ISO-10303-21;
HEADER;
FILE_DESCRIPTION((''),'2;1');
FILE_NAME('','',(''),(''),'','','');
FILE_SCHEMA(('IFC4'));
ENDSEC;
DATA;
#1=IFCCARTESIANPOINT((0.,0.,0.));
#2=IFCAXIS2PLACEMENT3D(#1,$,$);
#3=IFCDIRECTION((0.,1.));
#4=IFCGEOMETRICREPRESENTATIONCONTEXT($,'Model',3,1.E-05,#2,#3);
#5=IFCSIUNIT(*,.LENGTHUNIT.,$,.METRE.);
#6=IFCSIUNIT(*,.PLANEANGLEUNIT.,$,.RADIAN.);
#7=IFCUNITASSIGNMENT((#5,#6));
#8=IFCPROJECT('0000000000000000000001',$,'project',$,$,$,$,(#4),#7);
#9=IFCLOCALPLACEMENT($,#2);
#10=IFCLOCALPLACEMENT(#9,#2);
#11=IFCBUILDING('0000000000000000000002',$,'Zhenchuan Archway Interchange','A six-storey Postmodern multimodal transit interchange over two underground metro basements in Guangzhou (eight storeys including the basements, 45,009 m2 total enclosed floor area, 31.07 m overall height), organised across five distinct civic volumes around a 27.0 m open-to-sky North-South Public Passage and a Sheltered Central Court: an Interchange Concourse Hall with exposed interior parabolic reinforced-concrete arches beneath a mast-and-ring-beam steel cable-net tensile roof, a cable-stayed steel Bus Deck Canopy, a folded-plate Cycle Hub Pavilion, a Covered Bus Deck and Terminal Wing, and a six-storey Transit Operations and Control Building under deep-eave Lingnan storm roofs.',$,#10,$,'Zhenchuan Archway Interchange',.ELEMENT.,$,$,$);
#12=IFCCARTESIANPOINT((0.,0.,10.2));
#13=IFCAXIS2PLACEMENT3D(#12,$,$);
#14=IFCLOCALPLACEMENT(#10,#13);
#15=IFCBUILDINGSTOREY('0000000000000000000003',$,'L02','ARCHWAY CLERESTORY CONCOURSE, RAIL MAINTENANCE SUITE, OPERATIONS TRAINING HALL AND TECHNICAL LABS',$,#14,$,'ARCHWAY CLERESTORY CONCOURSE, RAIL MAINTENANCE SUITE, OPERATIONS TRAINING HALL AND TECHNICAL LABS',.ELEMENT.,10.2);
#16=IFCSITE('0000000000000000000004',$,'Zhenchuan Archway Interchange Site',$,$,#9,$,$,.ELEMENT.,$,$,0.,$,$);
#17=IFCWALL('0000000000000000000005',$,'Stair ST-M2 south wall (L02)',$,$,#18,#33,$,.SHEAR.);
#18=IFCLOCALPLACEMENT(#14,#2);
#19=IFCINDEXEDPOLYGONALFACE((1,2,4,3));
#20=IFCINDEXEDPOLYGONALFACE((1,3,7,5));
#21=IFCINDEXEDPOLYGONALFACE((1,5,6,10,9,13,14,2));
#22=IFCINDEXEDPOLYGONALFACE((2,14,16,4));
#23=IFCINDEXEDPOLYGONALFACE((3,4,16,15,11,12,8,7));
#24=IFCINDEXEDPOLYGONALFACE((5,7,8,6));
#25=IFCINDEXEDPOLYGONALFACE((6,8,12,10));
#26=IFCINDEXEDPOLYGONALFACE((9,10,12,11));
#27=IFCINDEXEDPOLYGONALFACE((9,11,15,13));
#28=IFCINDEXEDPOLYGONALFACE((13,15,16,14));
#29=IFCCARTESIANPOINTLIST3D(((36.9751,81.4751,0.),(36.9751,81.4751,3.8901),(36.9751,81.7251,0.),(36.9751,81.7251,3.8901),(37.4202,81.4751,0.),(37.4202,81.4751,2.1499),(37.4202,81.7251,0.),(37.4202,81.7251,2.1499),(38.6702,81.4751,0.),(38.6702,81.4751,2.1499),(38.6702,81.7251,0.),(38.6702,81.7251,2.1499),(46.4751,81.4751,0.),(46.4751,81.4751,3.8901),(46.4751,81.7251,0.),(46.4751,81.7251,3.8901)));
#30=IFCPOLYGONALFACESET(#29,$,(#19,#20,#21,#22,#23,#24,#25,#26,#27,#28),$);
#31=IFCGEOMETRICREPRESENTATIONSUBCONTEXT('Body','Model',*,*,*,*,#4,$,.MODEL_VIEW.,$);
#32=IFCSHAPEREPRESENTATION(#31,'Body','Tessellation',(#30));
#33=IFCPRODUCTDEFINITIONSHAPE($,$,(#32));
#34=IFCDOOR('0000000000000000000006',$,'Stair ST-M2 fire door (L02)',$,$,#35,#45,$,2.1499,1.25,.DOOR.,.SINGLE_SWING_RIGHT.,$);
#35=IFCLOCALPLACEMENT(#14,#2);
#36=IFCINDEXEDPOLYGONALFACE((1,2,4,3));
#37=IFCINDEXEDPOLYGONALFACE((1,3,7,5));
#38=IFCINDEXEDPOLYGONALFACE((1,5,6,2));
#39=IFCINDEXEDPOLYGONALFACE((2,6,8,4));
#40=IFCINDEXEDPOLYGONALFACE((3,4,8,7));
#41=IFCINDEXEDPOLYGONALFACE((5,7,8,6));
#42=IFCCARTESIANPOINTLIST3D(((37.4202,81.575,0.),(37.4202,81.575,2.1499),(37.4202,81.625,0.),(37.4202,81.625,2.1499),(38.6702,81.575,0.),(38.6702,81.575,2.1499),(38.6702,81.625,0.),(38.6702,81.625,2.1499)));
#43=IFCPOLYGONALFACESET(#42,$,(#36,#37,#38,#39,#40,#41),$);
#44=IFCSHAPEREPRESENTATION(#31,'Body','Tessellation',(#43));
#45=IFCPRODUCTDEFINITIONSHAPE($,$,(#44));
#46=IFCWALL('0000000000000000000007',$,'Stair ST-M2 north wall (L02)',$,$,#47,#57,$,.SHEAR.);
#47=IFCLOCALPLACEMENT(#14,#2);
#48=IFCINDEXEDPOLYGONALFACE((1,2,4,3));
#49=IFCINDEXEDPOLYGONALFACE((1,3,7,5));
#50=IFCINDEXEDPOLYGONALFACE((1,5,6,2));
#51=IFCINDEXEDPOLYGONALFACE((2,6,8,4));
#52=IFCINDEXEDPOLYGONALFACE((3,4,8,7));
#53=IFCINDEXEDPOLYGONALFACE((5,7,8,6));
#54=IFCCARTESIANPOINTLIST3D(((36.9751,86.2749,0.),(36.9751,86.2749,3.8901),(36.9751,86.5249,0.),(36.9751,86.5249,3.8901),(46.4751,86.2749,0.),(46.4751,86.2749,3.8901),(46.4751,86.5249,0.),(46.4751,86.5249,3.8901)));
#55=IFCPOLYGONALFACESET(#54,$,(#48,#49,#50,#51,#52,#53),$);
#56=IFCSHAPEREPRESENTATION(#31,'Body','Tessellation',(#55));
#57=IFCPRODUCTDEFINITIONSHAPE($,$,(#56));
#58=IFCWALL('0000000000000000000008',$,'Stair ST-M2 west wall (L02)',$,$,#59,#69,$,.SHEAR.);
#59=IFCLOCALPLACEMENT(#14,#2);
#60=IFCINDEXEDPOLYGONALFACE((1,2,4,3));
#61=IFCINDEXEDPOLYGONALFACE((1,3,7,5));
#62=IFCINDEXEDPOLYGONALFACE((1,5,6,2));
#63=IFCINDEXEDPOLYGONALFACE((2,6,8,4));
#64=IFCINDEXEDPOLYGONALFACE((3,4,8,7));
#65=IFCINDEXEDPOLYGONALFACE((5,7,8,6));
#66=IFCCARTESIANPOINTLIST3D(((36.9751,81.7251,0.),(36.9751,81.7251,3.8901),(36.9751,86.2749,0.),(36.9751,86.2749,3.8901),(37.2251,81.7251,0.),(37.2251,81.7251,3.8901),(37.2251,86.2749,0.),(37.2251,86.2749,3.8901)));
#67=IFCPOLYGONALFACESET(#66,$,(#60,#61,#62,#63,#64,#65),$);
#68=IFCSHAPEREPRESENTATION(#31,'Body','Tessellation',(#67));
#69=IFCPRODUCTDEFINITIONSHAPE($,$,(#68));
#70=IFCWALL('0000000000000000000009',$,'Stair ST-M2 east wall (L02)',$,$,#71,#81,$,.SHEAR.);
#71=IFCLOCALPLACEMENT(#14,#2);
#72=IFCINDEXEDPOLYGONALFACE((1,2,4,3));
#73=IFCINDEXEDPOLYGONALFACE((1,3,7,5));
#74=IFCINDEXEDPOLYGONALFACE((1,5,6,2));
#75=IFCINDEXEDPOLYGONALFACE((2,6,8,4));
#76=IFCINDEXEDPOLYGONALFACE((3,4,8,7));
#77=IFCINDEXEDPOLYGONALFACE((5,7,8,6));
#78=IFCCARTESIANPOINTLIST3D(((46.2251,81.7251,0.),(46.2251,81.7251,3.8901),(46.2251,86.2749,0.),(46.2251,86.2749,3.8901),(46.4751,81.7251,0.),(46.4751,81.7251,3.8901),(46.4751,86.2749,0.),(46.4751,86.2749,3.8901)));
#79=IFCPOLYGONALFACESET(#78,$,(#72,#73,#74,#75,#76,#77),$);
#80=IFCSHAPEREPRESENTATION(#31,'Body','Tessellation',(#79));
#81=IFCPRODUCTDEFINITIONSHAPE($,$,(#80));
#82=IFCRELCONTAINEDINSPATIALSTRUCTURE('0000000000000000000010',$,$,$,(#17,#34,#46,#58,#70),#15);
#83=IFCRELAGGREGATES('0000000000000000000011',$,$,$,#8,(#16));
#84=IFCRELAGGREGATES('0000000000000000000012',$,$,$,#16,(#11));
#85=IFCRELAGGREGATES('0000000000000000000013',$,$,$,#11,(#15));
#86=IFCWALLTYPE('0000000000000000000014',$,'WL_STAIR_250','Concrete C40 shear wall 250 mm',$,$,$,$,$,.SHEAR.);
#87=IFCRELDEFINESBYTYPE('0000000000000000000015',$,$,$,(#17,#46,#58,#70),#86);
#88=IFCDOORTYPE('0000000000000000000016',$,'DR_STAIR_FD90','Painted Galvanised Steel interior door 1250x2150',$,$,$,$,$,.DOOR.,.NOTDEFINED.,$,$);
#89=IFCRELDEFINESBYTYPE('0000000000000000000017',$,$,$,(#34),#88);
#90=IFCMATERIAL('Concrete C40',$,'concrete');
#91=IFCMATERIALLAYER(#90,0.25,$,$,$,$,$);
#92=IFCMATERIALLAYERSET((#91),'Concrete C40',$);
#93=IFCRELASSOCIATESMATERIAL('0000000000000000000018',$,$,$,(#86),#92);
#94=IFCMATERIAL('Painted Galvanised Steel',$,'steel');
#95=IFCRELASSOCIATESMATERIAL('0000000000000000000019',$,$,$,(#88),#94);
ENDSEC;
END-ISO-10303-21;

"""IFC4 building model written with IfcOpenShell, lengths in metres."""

from ifc_helpers import new_model, si_unit, direction, frame, frame_2d, origin, place, context, subcontext, project, spatial, rectangle, extrude, material, layer, layer_set, type_object, element, fill, save


model = new_model("IFC4")

# Units and contexts
model_context = context("Model", 3, precision=1e-05, world=origin(), true_north=direction((0.0, 1.0)))
body_context = subcontext(model_context, "Body", "Model", "MODEL_VIEW")
ifc_project = project(units=[si_unit("LENGTHUNIT", "METRE"), si_unit("PLANEANGLEUNIT", "RADIAN")], contexts=[model_context])

# Site, building, storey
site_placement = place(None, origin())
site = spatial("IfcSite", under=ifc_project, at=site_placement, Name="Zhenchuan Archway Interchange Site", CompositionType="ELEMENT", RefElevation=0.0)
building_placement = place(site_placement, origin())
building = spatial("IfcBuilding", under=site, at=building_placement, Name="Zhenchuan Archway Interchange", Description="A six-storey Postmodern multimodal transit interchange over two underground metro basements in Guangzhou (eight storeys including the basements, 45,009 m2 total enclosed floor area, 31.07 m overall height), organised across five distinct civic volumes around a 27.0 m open-to-sky North-South Public Passage and a Sheltered Central Court: an Interchange Concourse Hall with exposed interior parabolic reinforced-concrete arches beneath a mast-and-ring-beam steel cable-net tensile roof, a cable-stayed steel Bus Deck Canopy, a folded-plate Cycle Hub Pavilion, a Covered Bus Deck and Terminal Wing, and a six-storey Transit Operations and Control Building under deep-eave Lingnan storm roofs.", LongName="Zhenchuan Archway Interchange", CompositionType="ELEMENT")
storey_placement = place(building_placement, frame((0.0, 0.0, 10.2)))
storey = spatial("IfcBuildingStorey", under=building, at=storey_placement, Name="L02", Description="ARCHWAY CLERESTORY CONCOURSE, RAIL MAINTENANCE SUITE, OPERATIONS TRAINING HALL AND TECHNICAL LABS", LongName="ARCHWAY CLERESTORY CONCOURSE, RAIL MAINTENANCE SUITE, OPERATIONS TRAINING HALL AND TECHNICAL LABS", CompositionType="ELEMENT", Elevation=10.2)

# Shared definitions
ifc_material_1 = material(Name="Concrete C40", Category="concrete")

# Wall, opening, door
ifc_layer_1 = layer(ifc_material_1, 0.25)
ifc_layer_set_1 = layer_set([ifc_layer_1], Name="Concrete C40")
wall_type_1 = type_object("IfcWallType", Name="WL_STAIR_250", Description="Concrete C40 shear wall 250 mm", PredefinedType="SHEAR", material=ifc_layer_set_1)
wall_1_placement = place(storey_placement, frame((36.9751, 81.6001, 0.0), z_axis=(0.0, 0.0, 1.0), x_axis=(1.0, 0.0, 0.0)))
wall_1 = element("IfcWall", 1, at=wall_1_placement, inside=storey, type_object=wall_type_1, Name="Stair ST-M2 south wall (L02)", PredefinedType="SHEAR", context=body_context, shape_type="SweptSolid", body=[
    extrude(rectangle(XDim=9.5, YDim=0.25, at=frame_2d((4.75, 0.0))), origin(), (0.0, 0.0, 1.0), 3.8901),
])
opening_1_placement = place(wall_1_placement, frame((0.4451, 0.0, 0.0)))
opening_1 = element("IfcOpeningElement", 2, at=opening_1_placement, cuts=wall_1, PredefinedType="OPENING", context=body_context, shape_type="SweptSolid", body=[
    extrude(rectangle(XDim=1.25, YDim=2.1499, at=frame_2d((0.625, 1.075))), frame((0.0, 0.137, 0.0), z_axis=(0.0, -1.0, 0.0), x_axis=(1.0, 0.0, 0.0)), (0.0, 0.0, 1.0), 0.2739),
])
ifc_material_2 = material(Name="Painted Galvanised Steel", Category="steel")
door_type_1 = type_object("IfcDoorType", Name="DR_STAIR_FD90", Description="Painted Galvanised Steel interior door 1250x2150", OperationType="NOTDEFINED", PredefinedType="DOOR", material=ifc_material_2)
door_1_placement = place(opening_1_placement, origin())
door_1 = element("IfcDoor", 3, at=door_1_placement, inside=storey, type_object=door_type_1, Name="Stair ST-M2 fire door (L02)", OperationType="SINGLE_SWING_RIGHT", OverallHeight=2.1499, OverallWidth=1.25, PredefinedType="DOOR", context=body_context, shape_type="SweptSolid", body=[
    extrude(rectangle(XDim=1.25, YDim=2.1499, at=frame_2d((0.625, 1.075))), frame((0.0, 0.0249, 0.0), z_axis=(0.0, -1.0, 0.0), x_axis=(1.0, 0.0, 0.0)), (0.0, 0.0, 1.0), 0.05),
])
fill(opening_1, door_1)

# Walls
wall_2_placement = place(storey_placement, frame((46.4751, 86.3999, 0.0), z_axis=(0.0, 0.0, 1.0), x_axis=(-1.0, 0.0, 0.0)))
element("IfcWall", 4, at=wall_2_placement, inside=storey, type_object=wall_type_1, Name="Stair ST-M2 north wall (L02)", PredefinedType="SHEAR", context=body_context, shape_type="SweptSolid", body=[
    extrude(rectangle(XDim=9.5, YDim=0.25, at=frame_2d((4.75, 0.0))), origin(), (0.0, 0.0, 1.0), 3.8901),
])
for number, where, z_axis, x_axis, name in (
    (5, (37.1001, 86.2749, 0.0), (0.0, 0.0, 1.0), (0.0, -1.0, 0.0), "Stair ST-M2 west wall (L02)"),
    (6, (46.3501, 81.7251, 0.0), (0.0, 0.0, 1.0), (0.0, 1.0, 0.0), "Stair ST-M2 east wall (L02)"),
):
    element("IfcWall", number, at=place(storey_placement, frame(where, z_axis=z_axis, x_axis=x_axis)), inside=storey, type_object=wall_type_1, Name=name, PredefinedType="SHEAR", context=body_context, shape_type="SweptSolid", body=[
        extrude(rectangle(XDim=4.5498, YDim=0.25, at=frame_2d((2.2749, 0.0))), origin(), (0.0, 0.0, 1.0), 3.8901),
    ])

save(model, "model.ifc")
